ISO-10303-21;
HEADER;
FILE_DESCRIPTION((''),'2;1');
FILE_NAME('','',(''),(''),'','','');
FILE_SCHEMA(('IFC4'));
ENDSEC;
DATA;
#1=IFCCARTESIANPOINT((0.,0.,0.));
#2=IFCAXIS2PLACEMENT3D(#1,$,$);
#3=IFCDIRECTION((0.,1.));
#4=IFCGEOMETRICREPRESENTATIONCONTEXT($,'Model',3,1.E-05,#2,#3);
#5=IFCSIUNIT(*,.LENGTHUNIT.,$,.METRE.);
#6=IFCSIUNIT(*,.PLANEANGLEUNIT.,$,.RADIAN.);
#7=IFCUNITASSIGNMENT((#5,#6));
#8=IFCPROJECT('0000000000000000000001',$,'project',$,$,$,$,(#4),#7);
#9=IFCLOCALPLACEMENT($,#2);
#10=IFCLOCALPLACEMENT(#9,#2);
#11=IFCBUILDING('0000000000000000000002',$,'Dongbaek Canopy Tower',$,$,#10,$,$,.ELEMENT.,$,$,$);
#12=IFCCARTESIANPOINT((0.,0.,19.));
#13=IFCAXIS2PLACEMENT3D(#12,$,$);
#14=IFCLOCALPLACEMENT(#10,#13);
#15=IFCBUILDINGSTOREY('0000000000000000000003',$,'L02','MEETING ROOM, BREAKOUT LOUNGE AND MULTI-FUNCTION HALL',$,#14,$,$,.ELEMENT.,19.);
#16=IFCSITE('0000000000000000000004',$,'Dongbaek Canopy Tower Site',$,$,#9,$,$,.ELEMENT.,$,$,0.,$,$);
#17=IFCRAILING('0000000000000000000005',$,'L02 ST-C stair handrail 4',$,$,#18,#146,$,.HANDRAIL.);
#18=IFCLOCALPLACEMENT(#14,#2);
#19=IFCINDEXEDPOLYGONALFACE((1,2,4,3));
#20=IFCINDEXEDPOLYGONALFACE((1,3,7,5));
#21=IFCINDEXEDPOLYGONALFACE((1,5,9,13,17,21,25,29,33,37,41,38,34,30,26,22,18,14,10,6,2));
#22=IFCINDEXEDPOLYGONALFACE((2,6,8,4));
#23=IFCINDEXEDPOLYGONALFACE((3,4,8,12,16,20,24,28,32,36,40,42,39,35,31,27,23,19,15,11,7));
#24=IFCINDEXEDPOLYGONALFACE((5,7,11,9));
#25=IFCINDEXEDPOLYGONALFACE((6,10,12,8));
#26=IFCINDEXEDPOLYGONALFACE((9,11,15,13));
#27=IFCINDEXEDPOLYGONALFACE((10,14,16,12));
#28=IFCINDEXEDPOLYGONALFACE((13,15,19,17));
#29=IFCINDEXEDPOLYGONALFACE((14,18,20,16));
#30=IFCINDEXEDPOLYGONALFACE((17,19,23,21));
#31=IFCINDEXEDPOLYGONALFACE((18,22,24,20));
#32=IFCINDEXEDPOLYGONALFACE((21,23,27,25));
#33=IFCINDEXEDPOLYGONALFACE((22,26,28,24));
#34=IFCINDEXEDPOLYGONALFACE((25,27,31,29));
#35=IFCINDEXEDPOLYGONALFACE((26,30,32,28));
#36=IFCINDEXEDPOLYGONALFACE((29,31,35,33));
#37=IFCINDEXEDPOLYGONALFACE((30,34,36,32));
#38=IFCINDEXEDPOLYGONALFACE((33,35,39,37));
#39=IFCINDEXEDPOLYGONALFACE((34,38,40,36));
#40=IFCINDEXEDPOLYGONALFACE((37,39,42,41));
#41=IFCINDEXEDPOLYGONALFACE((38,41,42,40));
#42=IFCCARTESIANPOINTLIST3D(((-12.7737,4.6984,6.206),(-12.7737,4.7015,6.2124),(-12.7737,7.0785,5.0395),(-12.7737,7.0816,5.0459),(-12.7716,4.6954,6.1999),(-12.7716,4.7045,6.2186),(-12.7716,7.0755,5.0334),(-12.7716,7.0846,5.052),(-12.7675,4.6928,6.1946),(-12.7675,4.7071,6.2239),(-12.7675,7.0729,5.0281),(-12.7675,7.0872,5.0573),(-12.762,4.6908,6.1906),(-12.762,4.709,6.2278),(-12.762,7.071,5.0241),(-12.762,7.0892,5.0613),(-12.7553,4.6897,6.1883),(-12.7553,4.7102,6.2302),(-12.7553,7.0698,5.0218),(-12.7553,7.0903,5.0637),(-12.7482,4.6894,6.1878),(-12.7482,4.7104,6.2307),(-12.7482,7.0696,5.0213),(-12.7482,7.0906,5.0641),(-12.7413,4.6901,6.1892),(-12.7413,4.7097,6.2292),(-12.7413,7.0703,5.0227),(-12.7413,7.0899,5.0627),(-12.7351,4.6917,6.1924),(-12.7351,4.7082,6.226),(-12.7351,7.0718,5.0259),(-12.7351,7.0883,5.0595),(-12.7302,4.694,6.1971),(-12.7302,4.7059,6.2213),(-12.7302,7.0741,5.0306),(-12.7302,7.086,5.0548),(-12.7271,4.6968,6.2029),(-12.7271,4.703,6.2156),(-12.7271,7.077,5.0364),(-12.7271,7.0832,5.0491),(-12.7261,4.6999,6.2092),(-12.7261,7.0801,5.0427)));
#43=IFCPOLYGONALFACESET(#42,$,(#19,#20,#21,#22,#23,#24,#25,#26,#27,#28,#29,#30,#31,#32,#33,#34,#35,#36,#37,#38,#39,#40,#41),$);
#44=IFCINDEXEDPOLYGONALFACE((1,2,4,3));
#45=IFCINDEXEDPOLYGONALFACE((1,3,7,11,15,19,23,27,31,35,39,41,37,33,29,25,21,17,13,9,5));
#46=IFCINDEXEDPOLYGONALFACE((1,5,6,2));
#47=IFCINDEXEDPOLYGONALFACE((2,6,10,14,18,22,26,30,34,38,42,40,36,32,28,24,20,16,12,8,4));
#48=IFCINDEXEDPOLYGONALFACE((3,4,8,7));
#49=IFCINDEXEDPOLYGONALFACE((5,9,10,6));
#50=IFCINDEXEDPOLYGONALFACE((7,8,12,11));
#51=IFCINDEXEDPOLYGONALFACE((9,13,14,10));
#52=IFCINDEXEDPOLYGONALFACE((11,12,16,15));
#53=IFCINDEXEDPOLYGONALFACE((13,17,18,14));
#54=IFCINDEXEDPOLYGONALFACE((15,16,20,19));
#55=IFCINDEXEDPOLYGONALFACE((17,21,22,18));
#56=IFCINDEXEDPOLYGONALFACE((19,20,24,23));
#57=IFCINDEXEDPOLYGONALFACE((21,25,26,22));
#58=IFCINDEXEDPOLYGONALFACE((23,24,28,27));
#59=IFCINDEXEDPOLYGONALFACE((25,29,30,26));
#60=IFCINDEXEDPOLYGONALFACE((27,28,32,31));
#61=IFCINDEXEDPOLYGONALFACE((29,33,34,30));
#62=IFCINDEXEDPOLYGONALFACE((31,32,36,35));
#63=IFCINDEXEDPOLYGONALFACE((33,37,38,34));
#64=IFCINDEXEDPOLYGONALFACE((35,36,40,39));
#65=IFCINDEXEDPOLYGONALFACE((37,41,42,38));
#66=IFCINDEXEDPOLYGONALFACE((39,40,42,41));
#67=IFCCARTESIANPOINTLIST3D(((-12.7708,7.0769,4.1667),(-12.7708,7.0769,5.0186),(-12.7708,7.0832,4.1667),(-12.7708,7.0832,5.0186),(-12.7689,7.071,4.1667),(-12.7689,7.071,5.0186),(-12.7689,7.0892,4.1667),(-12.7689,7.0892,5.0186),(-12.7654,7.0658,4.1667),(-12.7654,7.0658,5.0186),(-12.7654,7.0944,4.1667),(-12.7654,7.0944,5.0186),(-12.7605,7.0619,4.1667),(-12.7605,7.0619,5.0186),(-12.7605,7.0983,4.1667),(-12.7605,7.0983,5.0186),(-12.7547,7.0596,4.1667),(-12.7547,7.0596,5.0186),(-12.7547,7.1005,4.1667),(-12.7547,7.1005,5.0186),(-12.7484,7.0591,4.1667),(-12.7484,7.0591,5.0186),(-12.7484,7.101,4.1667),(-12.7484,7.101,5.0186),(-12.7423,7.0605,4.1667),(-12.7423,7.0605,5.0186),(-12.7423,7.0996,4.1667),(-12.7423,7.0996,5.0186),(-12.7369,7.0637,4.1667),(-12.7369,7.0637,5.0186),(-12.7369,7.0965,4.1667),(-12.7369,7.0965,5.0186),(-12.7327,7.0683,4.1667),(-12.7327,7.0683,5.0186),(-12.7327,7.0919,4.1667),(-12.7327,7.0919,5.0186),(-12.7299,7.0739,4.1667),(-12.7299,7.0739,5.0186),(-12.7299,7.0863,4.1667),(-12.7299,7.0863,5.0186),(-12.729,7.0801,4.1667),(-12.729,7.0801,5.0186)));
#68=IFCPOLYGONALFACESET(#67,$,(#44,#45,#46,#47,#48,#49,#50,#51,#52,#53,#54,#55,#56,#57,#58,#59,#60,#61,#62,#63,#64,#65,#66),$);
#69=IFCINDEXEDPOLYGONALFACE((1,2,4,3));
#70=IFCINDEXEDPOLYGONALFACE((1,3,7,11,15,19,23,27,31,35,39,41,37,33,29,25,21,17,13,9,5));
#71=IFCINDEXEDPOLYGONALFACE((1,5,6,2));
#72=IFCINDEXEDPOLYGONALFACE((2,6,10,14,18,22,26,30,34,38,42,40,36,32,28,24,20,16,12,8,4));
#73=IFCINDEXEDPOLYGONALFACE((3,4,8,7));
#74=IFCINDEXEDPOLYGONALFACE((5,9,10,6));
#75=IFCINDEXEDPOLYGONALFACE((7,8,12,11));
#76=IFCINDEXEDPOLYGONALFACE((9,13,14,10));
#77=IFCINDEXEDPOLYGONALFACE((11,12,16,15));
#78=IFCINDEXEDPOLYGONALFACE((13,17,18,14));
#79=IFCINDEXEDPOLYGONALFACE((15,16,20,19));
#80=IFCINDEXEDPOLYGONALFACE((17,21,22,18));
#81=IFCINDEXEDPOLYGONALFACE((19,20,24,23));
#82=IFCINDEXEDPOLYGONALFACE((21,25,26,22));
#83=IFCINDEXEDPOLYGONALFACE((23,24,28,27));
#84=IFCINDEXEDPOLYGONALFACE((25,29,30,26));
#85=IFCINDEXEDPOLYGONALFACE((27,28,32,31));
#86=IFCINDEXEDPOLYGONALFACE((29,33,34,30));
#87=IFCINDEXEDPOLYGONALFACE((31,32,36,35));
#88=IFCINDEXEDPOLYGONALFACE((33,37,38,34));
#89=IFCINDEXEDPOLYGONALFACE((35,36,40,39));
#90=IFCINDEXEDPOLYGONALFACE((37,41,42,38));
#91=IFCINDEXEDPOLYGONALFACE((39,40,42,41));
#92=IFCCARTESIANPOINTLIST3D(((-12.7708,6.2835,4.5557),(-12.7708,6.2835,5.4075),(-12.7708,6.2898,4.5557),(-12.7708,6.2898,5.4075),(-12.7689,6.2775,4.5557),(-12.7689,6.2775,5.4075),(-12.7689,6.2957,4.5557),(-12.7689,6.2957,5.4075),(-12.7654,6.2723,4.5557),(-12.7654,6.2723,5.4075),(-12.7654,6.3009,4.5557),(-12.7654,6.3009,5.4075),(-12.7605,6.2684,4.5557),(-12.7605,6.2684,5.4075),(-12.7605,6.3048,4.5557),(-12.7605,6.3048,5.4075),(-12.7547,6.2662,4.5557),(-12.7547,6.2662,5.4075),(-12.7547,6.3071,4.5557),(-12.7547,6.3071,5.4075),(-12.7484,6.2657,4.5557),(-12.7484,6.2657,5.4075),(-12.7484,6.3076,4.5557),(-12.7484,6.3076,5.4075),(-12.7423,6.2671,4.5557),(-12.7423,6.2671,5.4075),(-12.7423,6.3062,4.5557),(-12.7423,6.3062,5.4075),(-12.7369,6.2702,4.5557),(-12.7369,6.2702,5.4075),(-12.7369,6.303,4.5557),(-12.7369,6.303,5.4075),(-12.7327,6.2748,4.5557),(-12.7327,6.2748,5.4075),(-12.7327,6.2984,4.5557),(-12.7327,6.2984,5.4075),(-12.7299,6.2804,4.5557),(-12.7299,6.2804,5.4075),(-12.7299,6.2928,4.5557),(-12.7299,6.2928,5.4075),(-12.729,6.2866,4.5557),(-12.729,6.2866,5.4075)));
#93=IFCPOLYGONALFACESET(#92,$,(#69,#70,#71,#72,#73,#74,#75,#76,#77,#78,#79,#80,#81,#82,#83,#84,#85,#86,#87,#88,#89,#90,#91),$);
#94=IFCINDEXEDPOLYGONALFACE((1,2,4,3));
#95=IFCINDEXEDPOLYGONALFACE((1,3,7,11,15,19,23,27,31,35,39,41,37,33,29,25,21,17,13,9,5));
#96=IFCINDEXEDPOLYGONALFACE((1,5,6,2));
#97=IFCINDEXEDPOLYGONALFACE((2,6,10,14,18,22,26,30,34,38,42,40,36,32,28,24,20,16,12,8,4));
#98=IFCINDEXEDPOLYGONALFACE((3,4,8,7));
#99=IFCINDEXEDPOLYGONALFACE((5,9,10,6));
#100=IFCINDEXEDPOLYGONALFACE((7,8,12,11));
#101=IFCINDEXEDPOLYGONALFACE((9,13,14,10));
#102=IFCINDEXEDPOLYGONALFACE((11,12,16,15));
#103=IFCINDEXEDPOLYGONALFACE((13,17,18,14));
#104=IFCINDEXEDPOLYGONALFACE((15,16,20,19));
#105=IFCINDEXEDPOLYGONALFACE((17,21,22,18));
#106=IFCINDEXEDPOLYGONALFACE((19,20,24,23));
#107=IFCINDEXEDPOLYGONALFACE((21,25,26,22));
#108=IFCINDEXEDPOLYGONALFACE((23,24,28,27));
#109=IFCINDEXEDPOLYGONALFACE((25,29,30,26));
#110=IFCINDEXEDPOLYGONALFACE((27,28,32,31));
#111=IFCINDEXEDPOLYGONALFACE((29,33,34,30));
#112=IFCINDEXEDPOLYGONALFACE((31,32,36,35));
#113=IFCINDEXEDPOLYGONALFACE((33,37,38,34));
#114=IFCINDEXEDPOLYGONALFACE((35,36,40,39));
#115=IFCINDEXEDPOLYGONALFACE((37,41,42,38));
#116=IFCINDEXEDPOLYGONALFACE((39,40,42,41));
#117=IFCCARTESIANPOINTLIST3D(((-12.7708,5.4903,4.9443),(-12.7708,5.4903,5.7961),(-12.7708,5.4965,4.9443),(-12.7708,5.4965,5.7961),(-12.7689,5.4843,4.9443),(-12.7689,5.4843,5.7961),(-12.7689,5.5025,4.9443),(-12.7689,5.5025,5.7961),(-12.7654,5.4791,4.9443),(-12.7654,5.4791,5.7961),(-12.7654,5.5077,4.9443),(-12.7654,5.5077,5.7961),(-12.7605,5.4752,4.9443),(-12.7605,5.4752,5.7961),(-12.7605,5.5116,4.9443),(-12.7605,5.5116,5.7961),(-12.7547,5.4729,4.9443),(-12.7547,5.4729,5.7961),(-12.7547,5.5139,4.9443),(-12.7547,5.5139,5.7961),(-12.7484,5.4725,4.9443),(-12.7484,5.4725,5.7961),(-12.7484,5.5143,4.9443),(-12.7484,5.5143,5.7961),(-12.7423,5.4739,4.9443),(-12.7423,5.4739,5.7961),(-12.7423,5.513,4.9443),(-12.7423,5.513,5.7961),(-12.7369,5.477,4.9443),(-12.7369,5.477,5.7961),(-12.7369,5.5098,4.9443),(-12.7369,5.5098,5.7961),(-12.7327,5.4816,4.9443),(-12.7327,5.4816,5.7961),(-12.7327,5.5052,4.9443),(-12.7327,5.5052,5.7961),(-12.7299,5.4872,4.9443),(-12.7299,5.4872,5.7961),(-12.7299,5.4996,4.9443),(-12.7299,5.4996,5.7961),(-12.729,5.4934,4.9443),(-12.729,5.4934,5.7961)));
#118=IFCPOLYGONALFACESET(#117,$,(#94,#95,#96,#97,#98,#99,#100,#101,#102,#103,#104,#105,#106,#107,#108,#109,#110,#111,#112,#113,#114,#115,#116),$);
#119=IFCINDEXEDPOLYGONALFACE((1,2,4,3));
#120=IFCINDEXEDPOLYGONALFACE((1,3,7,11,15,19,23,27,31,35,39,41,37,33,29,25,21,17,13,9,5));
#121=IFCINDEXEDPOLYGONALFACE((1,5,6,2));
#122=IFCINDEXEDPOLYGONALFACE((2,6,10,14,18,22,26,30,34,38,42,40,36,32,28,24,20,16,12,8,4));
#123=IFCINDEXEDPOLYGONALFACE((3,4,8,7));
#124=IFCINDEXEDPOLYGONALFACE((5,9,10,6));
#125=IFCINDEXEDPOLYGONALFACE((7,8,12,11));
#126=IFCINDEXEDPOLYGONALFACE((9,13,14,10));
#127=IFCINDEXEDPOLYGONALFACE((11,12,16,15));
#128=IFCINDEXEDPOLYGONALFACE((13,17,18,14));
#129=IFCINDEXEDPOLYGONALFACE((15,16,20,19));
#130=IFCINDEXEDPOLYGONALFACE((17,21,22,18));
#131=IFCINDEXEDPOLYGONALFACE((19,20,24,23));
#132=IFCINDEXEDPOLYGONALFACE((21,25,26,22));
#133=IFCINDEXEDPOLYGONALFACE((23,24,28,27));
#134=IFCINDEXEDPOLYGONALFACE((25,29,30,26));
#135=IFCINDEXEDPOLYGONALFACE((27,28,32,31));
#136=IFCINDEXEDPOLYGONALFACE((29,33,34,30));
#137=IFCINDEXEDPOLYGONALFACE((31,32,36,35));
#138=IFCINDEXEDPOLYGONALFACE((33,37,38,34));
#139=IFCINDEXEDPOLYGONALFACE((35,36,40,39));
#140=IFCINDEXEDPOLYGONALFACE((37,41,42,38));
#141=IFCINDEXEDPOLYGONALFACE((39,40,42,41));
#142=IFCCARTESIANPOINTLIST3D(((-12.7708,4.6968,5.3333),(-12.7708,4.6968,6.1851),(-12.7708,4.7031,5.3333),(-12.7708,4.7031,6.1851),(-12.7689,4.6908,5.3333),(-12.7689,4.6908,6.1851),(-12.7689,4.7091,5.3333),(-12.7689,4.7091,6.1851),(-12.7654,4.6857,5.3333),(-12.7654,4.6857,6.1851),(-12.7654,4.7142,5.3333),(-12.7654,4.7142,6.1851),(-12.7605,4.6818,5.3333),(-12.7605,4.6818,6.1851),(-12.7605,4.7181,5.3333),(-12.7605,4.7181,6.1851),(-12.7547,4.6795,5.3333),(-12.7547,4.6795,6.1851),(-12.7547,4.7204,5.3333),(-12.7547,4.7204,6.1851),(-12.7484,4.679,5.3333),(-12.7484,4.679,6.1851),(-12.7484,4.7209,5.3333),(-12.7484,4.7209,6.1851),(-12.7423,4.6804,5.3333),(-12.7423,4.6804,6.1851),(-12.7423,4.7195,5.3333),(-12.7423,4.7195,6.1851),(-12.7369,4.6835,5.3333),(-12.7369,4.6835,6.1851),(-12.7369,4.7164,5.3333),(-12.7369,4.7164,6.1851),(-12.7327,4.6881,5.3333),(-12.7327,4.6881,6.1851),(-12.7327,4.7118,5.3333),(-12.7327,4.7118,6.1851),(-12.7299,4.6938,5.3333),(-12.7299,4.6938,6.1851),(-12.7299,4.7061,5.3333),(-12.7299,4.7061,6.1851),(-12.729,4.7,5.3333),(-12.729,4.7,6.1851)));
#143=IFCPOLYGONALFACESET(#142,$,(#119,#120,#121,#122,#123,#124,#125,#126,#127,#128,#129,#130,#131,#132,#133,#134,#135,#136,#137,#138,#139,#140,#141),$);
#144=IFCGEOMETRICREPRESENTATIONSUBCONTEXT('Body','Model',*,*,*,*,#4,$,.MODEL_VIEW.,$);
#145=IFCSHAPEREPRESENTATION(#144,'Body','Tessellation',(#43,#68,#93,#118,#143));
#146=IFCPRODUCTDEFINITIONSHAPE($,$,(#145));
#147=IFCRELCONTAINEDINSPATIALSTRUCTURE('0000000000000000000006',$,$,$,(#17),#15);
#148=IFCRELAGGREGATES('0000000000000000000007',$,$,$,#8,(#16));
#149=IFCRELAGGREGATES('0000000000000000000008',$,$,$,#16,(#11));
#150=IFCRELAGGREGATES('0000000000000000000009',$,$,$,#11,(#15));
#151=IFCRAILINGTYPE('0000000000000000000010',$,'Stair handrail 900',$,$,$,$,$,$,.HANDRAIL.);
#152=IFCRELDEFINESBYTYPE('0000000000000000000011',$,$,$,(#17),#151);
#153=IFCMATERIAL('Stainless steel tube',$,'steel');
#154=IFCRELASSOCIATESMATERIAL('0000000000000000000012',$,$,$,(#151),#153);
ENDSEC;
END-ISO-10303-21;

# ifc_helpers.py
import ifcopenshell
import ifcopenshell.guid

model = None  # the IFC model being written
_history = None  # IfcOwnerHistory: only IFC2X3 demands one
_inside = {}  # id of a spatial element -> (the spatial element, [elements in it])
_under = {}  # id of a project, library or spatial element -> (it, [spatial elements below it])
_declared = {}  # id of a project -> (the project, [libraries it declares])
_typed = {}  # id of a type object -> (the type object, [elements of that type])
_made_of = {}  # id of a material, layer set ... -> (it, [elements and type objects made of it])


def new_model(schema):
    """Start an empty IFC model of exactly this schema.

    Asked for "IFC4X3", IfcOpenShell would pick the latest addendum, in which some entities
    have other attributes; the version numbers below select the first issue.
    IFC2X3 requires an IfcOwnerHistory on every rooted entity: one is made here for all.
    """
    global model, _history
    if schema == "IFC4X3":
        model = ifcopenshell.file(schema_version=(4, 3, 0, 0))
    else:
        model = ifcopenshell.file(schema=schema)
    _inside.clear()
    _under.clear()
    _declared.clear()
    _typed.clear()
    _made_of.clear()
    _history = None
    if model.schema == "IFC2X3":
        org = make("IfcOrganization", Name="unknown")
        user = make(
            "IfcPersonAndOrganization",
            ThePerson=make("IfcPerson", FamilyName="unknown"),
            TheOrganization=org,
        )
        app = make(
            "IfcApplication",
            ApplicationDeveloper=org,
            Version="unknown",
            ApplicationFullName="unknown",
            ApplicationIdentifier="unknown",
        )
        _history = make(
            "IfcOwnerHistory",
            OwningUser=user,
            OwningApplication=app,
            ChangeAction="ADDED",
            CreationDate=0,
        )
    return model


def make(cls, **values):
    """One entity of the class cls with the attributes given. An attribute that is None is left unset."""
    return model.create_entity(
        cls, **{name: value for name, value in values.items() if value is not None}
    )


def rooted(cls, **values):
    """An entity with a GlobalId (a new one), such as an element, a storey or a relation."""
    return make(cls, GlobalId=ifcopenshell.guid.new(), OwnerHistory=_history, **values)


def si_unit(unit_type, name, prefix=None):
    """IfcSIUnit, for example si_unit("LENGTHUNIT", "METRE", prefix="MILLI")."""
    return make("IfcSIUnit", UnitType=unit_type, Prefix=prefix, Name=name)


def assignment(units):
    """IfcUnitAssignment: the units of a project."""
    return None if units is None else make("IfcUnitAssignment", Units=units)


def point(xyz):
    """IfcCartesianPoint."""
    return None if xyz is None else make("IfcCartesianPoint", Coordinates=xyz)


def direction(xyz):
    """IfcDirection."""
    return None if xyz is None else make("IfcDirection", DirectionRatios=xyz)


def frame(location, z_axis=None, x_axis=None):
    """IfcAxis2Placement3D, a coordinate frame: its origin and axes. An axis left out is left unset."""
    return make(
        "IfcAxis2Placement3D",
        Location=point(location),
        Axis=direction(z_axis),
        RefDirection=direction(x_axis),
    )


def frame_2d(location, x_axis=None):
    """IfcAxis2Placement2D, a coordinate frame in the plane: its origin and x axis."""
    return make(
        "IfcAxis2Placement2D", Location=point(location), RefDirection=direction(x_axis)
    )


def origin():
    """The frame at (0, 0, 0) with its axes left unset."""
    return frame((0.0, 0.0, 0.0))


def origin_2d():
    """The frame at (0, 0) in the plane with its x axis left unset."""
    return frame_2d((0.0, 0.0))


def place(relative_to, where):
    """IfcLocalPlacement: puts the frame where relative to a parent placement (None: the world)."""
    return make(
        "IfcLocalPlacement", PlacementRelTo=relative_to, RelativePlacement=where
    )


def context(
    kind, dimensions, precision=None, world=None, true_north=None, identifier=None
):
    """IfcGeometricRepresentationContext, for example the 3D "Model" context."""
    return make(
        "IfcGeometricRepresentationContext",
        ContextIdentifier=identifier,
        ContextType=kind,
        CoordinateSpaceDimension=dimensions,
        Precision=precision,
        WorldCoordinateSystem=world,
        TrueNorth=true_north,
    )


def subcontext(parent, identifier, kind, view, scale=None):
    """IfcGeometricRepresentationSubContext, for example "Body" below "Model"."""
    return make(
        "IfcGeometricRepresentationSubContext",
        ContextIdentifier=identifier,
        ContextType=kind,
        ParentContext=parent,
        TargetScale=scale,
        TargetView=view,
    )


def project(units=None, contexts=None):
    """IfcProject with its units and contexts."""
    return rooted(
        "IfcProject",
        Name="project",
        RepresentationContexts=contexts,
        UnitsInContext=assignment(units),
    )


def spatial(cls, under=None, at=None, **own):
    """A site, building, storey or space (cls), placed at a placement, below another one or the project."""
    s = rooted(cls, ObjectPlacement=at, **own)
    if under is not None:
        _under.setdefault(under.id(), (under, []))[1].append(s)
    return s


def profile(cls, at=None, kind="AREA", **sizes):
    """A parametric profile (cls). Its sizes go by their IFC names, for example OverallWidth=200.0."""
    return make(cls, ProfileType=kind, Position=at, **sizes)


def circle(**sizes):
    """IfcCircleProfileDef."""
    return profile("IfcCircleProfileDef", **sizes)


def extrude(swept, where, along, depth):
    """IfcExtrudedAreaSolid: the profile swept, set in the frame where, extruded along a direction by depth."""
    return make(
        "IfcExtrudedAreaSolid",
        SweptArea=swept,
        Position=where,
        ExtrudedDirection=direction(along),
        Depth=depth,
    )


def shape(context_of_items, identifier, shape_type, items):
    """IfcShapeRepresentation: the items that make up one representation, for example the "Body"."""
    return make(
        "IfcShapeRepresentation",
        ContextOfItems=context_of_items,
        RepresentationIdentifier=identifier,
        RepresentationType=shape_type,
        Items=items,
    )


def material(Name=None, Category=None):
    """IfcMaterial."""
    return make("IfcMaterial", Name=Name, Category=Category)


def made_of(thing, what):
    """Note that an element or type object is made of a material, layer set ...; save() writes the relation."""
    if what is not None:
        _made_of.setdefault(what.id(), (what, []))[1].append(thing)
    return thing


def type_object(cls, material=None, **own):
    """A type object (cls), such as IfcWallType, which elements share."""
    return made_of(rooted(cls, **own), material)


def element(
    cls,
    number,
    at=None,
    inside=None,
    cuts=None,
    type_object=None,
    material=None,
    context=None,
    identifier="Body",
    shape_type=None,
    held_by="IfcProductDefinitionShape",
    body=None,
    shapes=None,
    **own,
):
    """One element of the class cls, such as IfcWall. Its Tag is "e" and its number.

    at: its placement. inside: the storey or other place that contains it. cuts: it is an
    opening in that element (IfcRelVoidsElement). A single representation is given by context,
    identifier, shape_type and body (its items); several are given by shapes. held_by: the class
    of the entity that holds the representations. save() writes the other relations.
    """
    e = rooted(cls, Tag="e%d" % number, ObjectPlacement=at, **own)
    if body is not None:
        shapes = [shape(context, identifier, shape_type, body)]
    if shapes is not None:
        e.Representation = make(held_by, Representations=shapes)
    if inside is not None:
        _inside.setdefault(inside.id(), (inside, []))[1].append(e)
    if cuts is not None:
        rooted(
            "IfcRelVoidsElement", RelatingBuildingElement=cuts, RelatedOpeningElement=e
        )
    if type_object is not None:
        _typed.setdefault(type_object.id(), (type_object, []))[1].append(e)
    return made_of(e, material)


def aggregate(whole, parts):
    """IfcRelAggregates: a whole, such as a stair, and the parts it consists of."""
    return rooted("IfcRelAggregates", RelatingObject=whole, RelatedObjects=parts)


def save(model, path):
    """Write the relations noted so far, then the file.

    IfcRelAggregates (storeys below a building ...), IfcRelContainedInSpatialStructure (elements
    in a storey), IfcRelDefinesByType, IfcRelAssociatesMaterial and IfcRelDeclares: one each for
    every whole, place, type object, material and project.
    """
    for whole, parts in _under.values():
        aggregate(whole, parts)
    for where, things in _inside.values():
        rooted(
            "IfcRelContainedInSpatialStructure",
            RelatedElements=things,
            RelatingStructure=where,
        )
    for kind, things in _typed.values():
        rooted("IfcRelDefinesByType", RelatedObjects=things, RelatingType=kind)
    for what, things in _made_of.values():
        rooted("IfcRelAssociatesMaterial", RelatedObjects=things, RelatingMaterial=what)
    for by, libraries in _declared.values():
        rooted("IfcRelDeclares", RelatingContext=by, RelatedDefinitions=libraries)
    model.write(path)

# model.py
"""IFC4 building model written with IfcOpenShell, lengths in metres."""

from ifc_helpers import new_model, si_unit, direction, frame, origin, origin_2d, place, context, subcontext, project, spatial, circle, extrude, material, type_object, element, save


model = new_model("IFC4")

# Units and contexts
model_context = context("Model", 3, precision=1e-05, world=origin(), true_north=direction((0.0, 1.0)))
body_context = subcontext(model_context, "Body", "Model", "MODEL_VIEW")
ifc_project = project(units=[si_unit("LENGTHUNIT", "METRE"), si_unit("PLANEANGLEUNIT", "RADIAN")], contexts=[model_context])

# Site, building, storey
site_placement = place(None, origin())
site = spatial("IfcSite", under=ifc_project, at=site_placement, Name="Dongbaek Canopy Tower Site", CompositionType="ELEMENT", RefElevation=0.0)
building_placement = place(site_placement, origin())
building = spatial("IfcBuilding", under=site, at=building_placement, Name="Dongbaek Canopy Tower", CompositionType="ELEMENT")
storey_placement = place(building_placement, frame((0.0, 0.0, 19.0)))
storey = spatial("IfcBuildingStorey", under=building, at=storey_placement, Name="L02", Description="MEETING ROOM, BREAKOUT LOUNGE AND MULTI-FUNCTION HALL", CompositionType="ELEMENT", Elevation=19.0)

# Railing
ifc_material_1 = material(Name="Stainless steel tube", Category="steel")
railing_type_1 = type_object("IfcRailingType", Name="Stair handrail 900", PredefinedType="HANDRAIL", material=ifc_material_1)
railing_1_placement = place(storey_placement, frame((-12.75, 7.0801, 4.1667)))
element("IfcRailing", 1, at=railing_1_placement, inside=storey, type_object=railing_type_1, Name="L02 ST-C stair handrail 4", PredefinedType="HANDRAIL", context=body_context, shape_type="SweptSolid", body=[
    extrude(circle(Radius=0.0239, at=origin_2d()), frame((0.0, 0.0, 0.876), z_axis=(0.0, -0.897954, 0.440089), x_axis=(1.0, 0.0, 0.0)), (0.0, 0.0, 1.0), 2.6506),
    extrude(circle(Radius=0.021, at=origin_2d()), origin(), (0.0, 0.0, 1.0), 0.8518),
    extrude(circle(Radius=0.021, at=origin_2d()), frame((0.0, -0.7935, 0.3889)), (0.0, 0.0, 1.0), 0.8518),
    extrude(circle(Radius=0.021, at=origin_2d()), frame((0.0, -1.5867, 0.7776)), (0.0, 0.0, 1.0), 0.8518),
    extrude(circle(Radius=0.021, at=origin_2d()), frame((0.0, -2.3801, 1.1665)), (0.0, 0.0, 1.0), 0.8518),
])

save(model, "model.ifc")
